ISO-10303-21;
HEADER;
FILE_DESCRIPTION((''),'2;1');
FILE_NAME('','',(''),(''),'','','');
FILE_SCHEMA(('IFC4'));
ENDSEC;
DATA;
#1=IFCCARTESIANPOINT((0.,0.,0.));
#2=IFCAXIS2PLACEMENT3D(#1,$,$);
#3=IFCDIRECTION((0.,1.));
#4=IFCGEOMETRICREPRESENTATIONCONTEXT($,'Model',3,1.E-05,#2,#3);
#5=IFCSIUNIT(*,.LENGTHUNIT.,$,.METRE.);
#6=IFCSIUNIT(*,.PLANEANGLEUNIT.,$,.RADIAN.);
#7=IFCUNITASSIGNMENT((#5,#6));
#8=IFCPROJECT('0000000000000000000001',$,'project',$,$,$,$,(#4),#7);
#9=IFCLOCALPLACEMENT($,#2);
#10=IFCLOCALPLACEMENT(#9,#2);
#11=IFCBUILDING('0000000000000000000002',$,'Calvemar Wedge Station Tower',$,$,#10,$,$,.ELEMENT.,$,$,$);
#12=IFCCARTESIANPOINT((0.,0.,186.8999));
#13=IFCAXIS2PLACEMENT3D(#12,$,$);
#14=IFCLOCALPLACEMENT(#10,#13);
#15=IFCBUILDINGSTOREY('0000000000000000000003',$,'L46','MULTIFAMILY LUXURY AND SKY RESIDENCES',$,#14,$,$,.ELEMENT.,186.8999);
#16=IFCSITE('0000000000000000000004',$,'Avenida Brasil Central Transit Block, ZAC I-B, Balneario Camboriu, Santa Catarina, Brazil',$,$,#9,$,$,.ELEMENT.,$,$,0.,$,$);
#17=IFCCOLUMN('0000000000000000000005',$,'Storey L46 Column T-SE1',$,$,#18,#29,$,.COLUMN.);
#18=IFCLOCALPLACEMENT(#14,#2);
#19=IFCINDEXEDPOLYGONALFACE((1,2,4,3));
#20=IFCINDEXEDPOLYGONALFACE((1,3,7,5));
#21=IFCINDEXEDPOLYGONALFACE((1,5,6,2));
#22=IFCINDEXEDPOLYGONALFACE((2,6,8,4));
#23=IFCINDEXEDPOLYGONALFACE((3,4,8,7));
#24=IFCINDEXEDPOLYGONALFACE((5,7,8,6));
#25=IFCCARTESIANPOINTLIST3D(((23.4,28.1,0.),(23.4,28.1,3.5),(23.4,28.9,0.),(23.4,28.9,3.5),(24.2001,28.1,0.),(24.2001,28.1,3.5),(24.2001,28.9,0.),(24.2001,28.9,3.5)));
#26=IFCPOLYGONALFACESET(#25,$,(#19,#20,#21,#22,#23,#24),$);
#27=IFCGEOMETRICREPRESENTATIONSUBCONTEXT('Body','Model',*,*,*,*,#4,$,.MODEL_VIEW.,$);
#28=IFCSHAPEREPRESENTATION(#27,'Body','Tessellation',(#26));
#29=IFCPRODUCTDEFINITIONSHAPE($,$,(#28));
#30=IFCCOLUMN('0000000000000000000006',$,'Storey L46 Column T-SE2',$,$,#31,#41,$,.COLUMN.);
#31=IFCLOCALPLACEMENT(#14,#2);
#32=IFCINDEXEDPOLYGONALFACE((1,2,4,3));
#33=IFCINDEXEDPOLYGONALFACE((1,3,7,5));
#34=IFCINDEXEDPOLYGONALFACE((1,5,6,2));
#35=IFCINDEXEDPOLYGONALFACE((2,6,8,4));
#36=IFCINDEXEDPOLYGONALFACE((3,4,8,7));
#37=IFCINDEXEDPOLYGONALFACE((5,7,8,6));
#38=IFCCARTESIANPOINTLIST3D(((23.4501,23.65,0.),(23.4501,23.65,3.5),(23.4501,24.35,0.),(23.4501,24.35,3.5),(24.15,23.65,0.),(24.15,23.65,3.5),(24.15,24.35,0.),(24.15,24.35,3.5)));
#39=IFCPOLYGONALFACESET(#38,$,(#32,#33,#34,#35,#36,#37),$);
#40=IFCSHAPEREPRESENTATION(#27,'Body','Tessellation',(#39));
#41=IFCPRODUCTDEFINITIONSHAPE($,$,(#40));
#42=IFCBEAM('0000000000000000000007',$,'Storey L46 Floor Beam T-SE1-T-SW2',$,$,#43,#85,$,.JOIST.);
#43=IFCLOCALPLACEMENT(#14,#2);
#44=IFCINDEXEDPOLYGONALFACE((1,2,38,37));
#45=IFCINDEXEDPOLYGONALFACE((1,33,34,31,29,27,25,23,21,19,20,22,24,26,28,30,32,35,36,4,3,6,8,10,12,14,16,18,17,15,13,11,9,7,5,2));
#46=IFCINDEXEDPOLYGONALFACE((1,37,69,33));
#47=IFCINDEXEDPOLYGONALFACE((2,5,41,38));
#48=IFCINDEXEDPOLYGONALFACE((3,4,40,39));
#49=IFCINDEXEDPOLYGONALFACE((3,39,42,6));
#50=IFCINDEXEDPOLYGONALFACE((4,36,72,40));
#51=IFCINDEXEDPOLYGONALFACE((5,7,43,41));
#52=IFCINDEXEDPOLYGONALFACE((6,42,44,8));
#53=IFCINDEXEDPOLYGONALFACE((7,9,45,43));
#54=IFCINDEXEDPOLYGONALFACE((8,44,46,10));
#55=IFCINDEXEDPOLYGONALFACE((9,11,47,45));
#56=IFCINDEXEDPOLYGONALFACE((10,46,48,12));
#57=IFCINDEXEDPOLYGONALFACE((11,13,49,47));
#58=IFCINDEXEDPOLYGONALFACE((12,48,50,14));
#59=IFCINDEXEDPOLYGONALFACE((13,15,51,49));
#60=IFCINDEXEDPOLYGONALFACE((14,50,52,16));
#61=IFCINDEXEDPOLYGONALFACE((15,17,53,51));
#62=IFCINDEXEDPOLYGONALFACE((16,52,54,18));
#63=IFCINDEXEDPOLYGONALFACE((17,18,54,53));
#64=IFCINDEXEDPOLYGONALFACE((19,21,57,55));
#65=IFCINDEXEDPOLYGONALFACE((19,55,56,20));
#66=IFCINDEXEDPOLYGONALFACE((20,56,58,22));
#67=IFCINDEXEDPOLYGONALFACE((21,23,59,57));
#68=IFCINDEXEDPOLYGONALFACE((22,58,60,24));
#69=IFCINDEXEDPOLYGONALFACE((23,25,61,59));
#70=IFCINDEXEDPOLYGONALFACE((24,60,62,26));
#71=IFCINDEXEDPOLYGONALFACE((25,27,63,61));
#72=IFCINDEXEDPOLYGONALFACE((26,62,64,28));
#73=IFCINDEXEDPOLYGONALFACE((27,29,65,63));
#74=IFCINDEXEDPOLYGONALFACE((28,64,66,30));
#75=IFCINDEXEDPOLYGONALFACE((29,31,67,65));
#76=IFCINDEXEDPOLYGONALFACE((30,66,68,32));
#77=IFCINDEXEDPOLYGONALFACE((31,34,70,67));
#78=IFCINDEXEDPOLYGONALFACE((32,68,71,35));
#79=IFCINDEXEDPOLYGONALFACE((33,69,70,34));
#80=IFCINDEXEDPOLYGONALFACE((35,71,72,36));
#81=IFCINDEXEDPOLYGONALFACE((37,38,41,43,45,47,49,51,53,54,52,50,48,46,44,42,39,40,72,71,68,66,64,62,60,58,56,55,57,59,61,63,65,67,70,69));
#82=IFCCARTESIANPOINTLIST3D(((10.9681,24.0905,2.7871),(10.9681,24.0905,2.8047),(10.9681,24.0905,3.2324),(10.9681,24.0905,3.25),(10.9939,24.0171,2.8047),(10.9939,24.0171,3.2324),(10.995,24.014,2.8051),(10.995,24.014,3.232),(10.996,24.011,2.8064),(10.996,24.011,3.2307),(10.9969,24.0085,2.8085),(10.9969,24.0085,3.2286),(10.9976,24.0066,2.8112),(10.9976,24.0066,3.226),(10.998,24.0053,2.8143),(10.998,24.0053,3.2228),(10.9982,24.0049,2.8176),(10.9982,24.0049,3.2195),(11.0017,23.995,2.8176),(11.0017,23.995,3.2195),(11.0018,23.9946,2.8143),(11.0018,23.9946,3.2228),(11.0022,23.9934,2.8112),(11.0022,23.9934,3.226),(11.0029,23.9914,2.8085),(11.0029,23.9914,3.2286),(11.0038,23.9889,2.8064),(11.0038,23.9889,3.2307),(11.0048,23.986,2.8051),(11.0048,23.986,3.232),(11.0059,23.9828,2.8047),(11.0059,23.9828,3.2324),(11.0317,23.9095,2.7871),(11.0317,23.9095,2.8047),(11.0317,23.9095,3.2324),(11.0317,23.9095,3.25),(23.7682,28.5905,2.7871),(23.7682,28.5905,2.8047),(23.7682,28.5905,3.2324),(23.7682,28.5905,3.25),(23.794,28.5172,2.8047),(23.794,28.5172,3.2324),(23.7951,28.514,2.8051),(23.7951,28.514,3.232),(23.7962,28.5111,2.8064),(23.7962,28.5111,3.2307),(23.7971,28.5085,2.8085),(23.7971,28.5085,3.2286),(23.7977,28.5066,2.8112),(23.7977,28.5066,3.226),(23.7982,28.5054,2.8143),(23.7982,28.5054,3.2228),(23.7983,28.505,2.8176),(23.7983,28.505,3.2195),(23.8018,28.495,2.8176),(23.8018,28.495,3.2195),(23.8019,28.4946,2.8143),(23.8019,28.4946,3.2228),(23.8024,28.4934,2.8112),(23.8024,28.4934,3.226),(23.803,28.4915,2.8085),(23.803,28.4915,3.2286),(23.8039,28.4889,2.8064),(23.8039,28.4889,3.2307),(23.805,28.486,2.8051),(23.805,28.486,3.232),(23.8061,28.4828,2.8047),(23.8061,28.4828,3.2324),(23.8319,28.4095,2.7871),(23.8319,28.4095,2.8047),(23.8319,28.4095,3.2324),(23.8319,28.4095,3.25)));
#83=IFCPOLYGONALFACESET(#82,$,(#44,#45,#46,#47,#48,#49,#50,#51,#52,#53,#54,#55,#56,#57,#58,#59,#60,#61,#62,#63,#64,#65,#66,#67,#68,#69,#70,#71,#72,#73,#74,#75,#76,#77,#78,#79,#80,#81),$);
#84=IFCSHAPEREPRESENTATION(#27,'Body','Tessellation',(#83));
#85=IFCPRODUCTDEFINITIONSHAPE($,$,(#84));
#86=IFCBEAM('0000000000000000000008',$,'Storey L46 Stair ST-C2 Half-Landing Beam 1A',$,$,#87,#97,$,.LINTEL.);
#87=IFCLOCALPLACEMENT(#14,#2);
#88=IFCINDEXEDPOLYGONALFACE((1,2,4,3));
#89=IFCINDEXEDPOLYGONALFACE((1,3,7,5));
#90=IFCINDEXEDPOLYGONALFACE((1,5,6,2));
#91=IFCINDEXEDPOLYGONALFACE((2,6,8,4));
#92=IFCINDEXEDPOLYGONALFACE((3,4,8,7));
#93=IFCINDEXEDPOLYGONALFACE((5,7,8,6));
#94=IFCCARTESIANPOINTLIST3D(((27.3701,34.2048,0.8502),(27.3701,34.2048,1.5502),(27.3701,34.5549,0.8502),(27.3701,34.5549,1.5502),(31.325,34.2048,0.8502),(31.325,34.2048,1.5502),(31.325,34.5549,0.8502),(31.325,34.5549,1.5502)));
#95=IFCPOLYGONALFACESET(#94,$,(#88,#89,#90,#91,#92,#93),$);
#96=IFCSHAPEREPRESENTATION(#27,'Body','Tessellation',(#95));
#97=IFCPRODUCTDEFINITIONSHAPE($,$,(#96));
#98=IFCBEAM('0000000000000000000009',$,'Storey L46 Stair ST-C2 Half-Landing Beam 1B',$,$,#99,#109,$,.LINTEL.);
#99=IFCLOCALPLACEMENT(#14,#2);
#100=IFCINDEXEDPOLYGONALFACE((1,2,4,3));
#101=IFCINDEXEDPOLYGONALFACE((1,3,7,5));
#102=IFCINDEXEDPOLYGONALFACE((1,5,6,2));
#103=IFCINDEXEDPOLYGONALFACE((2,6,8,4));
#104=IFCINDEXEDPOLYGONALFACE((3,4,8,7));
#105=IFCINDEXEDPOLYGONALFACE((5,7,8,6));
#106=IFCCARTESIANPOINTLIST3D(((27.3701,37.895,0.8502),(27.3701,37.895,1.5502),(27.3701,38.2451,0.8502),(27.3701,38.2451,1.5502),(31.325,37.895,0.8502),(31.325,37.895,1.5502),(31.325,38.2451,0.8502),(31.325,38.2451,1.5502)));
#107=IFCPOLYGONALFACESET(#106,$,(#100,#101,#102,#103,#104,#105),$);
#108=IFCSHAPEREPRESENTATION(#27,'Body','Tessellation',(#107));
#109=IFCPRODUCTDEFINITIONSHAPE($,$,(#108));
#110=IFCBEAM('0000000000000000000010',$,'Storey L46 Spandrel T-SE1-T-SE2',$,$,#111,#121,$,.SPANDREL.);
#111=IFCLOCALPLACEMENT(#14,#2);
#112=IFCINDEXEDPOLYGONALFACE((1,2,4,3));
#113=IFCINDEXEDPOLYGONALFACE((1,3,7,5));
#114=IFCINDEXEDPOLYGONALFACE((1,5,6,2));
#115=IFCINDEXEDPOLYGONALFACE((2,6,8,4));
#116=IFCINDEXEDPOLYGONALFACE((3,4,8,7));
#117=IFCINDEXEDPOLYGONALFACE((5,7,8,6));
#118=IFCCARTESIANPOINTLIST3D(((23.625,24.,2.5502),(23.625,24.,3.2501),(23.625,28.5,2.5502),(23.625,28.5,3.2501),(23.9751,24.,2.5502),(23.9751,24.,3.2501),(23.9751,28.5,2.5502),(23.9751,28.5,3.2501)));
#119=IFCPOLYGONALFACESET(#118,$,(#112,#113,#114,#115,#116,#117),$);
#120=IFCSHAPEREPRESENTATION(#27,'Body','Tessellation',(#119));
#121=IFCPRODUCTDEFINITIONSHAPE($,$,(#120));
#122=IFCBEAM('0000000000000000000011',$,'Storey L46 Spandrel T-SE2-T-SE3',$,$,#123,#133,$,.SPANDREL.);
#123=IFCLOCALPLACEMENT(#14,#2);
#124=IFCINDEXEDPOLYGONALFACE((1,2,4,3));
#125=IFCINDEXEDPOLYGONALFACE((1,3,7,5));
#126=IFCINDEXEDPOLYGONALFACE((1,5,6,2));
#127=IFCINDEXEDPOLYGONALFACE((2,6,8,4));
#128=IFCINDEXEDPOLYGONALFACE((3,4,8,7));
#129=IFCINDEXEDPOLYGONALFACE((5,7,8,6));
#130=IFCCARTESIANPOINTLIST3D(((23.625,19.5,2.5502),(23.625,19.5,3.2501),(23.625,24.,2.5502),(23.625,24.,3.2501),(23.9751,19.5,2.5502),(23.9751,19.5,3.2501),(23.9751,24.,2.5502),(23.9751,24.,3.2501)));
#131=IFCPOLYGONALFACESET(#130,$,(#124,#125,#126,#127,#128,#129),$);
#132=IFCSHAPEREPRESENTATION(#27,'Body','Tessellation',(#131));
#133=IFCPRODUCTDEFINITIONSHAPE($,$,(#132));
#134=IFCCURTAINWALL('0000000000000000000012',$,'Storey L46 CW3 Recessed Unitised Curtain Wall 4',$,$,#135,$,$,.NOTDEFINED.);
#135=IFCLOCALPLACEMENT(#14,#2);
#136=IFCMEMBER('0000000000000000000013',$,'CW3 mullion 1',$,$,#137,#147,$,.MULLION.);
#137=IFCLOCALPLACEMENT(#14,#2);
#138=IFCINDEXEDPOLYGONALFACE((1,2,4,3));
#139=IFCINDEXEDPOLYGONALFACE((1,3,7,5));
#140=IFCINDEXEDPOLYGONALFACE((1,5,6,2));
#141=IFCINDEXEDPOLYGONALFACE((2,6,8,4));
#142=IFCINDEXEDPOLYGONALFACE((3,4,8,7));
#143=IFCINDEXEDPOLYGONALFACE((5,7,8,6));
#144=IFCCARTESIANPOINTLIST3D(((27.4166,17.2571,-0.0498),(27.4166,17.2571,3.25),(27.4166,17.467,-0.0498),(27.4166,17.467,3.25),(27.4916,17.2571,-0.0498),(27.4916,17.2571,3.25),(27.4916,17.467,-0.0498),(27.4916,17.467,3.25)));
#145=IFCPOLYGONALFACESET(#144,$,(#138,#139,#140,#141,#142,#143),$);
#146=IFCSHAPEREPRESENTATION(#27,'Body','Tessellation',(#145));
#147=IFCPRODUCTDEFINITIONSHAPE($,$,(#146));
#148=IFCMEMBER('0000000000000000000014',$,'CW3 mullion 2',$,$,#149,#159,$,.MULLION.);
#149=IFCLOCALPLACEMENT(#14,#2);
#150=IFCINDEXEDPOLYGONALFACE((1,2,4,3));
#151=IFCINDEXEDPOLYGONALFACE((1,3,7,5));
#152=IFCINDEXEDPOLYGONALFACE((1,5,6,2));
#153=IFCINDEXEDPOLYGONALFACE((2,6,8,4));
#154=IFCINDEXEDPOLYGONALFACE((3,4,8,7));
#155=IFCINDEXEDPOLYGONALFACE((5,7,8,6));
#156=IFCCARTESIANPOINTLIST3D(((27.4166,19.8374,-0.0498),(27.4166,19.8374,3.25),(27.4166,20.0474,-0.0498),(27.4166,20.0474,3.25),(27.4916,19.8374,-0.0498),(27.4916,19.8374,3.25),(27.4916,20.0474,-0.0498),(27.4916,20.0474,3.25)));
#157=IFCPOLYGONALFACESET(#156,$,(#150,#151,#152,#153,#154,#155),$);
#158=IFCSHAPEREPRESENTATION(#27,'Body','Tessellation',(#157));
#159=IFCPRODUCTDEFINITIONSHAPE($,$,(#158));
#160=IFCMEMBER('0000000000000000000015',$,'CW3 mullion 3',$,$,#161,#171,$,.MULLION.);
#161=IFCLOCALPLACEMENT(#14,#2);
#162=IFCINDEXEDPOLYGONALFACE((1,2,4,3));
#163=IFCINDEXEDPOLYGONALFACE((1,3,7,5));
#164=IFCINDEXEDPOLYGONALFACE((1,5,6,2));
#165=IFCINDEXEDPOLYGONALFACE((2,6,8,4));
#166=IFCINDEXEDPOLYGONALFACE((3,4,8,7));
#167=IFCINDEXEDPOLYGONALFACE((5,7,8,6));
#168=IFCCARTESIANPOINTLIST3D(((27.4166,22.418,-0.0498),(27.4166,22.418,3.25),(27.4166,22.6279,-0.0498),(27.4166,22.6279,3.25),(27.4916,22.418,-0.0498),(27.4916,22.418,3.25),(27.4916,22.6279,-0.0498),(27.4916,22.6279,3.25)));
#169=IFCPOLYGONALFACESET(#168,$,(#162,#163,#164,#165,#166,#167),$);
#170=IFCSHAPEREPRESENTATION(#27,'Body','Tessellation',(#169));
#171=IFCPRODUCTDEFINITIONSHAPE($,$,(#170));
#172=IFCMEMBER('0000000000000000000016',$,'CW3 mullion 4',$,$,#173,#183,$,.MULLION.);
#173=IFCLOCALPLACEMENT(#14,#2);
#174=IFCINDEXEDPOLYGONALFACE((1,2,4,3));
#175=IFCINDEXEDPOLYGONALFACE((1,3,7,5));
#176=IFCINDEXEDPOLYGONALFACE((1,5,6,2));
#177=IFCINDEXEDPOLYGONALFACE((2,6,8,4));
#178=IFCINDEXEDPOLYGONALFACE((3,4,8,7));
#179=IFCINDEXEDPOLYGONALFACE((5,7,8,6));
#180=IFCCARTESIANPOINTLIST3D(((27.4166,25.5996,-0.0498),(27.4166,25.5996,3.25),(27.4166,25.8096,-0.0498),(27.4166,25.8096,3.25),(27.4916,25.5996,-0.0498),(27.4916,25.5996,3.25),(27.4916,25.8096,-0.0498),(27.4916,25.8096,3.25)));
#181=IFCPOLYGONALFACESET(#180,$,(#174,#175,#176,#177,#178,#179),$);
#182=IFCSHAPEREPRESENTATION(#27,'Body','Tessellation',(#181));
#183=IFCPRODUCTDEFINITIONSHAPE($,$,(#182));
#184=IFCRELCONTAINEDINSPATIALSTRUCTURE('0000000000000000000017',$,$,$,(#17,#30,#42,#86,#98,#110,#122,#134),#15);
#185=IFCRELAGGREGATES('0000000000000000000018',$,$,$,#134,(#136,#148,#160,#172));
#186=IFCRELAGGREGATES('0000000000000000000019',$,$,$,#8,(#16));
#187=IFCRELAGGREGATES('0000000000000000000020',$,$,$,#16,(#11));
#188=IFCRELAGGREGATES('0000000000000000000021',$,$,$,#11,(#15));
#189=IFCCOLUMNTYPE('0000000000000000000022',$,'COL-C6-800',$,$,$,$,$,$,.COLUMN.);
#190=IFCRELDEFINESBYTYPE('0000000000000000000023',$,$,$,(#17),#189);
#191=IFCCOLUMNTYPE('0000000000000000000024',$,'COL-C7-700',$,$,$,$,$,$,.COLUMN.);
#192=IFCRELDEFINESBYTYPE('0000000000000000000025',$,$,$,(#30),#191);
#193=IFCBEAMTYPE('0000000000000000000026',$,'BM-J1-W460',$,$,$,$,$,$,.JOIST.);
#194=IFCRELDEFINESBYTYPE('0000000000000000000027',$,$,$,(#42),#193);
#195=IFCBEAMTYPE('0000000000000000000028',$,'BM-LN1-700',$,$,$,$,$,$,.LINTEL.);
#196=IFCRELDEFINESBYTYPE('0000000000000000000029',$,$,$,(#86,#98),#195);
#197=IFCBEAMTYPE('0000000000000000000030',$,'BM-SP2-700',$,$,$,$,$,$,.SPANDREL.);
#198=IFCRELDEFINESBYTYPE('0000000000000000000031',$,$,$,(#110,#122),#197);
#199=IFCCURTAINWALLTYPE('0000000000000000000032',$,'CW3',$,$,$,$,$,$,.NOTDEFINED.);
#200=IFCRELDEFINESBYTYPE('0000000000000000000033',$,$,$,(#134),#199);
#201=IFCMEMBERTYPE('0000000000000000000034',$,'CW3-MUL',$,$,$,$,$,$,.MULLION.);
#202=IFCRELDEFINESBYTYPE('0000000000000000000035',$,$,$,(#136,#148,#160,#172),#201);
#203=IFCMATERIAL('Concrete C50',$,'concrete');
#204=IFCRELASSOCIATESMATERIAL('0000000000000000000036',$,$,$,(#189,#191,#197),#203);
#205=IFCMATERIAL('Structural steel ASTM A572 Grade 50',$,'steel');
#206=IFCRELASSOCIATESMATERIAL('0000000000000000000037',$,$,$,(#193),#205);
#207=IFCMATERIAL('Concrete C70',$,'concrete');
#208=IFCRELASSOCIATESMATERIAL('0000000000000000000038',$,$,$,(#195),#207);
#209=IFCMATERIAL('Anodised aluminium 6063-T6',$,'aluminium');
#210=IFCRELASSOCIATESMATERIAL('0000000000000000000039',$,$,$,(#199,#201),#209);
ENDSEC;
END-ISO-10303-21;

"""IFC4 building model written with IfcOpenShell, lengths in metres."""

from ifc_helpers import new_model, si_unit, direction, frame, origin, origin_2d, place, context, subcontext, project, spatial, rectangle, i_section, extrude, source, transform, mapped, material, material_profile, profile_set, type_object, element, aggregate, save


model = new_model("IFC4")

# Units and contexts
model_context = context("Model", 3, precision=1e-05, world=origin(), true_north=direction((0.0, 1.0)))
body_context = subcontext(model_context, "Body", "Model", "MODEL_VIEW")
ifc_project = project(units=[si_unit("LENGTHUNIT", "METRE"), si_unit("PLANEANGLEUNIT", "RADIAN")], contexts=[model_context])

# Site, building, storey
site_placement = place(None, origin())
site = spatial("IfcSite", under=ifc_project, at=site_placement, Name="Avenida Brasil Central Transit Block, ZAC I-B, Balneario Camboriu, Santa Catarina, Brazil", CompositionType="ELEMENT", RefElevation=0.0)
building_placement = place(site_placement, origin())
building = spatial("IfcBuilding", under=site, at=building_placement, Name="Calvemar Wedge Station Tower", CompositionType="ELEMENT")
storey_placement = place(building_placement, frame((0.0, 0.0, 186.8999)))
storey = spatial("IfcBuildingStorey", under=building, at=storey_placement, Name="L46", Description="MULTIFAMILY LUXURY AND SKY RESIDENCES", CompositionType="ELEMENT", Elevation=186.8999)

# Columns
ifc_material_1 = material(Name="Concrete C50", Category="concrete")
ifc_material_profile_1 = material_profile(ifc_material_1, rectangle(XDim=0.8, YDim=0.8, at=origin_2d()), Name="RC800x800")
ifc_profile_set_1 = profile_set([ifc_material_profile_1], Name="Concrete C50")
column_type_1 = type_object("IfcColumnType", Name="COL-C6-800", PredefinedType="COLUMN", material=ifc_profile_set_1)
shared_shape_1 = source(origin(), body_context, "Body", "SweptSolid", [
    extrude(rectangle(XDim=0.8, YDim=0.8, at=origin_2d()), origin(), (0.0, 0.0, 1.0), 3.5),
])
column_1_placement = place(storey_placement, frame((23.8, 28.5, 0.0), z_axis=(0.0, 0.0, 1.0), x_axis=(1.0, 0.0, 0.0)))
element("IfcColumn", 1, at=column_1_placement, inside=storey, type_object=column_type_1, Name="Storey L46 Column T-SE1", PredefinedType="COLUMN", context=body_context, shape_type="MappedRepresentation", body=[
    mapped(shared_shape_1, transform((0.0, 0.0, 0.0), scale=1.0)),
])
ifc_material_profile_2 = material_profile(ifc_material_1, rectangle(XDim=0.7, YDim=0.7, at=origin_2d()), Name="RC700x700")
ifc_profile_set_2 = profile_set([ifc_material_profile_2], Name="Concrete C50")
column_type_2 = type_object("IfcColumnType", Name="COL-C7-700", PredefinedType="COLUMN", material=ifc_profile_set_2)
shared_shape_2 = source(origin(), body_context, "Body", "SweptSolid", [
    extrude(rectangle(XDim=0.7, YDim=0.7, at=origin_2d()), origin(), (0.0, 0.0, 1.0), 3.5),
])
column_2_placement = place(storey_placement, frame((23.8, 24.0, 0.0), z_axis=(0.0, 0.0, 1.0), x_axis=(1.0, 0.0, 0.0)))
element("IfcColumn", 2, at=column_2_placement, inside=storey, type_object=column_type_2, Name="Storey L46 Column T-SE2", PredefinedType="COLUMN", context=body_context, shape_type="MappedRepresentation", body=[
    mapped(shared_shape_2, transform((0.0, 0.0, 0.0), scale=1.0)),
])

# Beams
ifc_material_2 = material(Name="Structural steel ASTM A572 Grade 50", Category="steel")
ifc_material_profile_3 = material_profile(ifc_material_2, i_section(OverallWidth=0.1919, OverallDepth=0.4629, WebThickness=0.0105, FlangeThickness=0.0176, FilletRadius=0.0129, at=origin_2d()), Name="W460x89")
ifc_profile_set_3 = profile_set([ifc_material_profile_3], Name="Structural steel ASTM A572 Grade 50")
beam_type_1 = type_object("IfcBeamType", Name="BM-J1-W460", PredefinedType="JOIST", material=ifc_profile_set_3)
shared_shape_3 = source(origin(), body_context, "Body", "SweptSolid", [
    extrude(i_section(OverallWidth=0.1919, OverallDepth=0.4629, WebThickness=0.0105, FlangeThickness=0.0176, FilletRadius=0.0129, at=origin_2d()), origin(), (0.0, 0.0, 1.0), 13.5681),
])
beam_placement = place(storey_placement, frame((23.8, 28.5, 3.0186), z_axis=(-0.943398, -0.331662, 0.0), x_axis=(0.331662, -0.943398, 0.0)))
element("IfcBeam", 3, at=beam_placement, inside=storey, type_object=beam_type_1, Name="Storey L46 Floor Beam T-SE1-T-SW2", PredefinedType="JOIST", context=body_context, shape_type="MappedRepresentation", body=[
    mapped(shared_shape_3, transform((0.0, 0.0, 0.0), scale=1.0)),
])
ifc_material_3 = material(Name="Concrete C70", Category="concrete")
ifc_material_profile_4 = material_profile(ifc_material_3, rectangle(XDim=0.3501, YDim=0.7, at=origin_2d()), Name="RC350x700")
ifc_profile_set_4 = profile_set([ifc_material_profile_4], Name="Concrete C70")
beam_type_2 = type_object("IfcBeamType", Name="BM-LN1-700", PredefinedType="LINTEL", material=ifc_profile_set_4)
shared_shape_4 = source(origin(), body_context, "Body", "SweptSolid", [
    extrude(rectangle(XDim=0.3501, YDim=0.7, at=origin_2d()), origin(), (0.0, 0.0, 1.0), 3.9548),
])
for number, where, z_axis, x_axis, name in (
    (4, (27.3701, 34.3799, 1.2002), (1.0, 0.0, 0.0), (0.0, 1.0, 0.0), "Storey L46 Stair ST-C2 Half-Landing Beam 1A"),
    (5, (27.3701, 38.0701, 1.2002), (1.0, 0.0, 0.0), (0.0, 1.0, 0.0), "Storey L46 Stair ST-C2 Half-Landing Beam 1B"),
):
    element("IfcBeam", number, at=place(storey_placement, frame(where, z_axis=z_axis, x_axis=x_axis)), inside=storey, type_object=beam_type_2, Name=name, PredefinedType="LINTEL", context=body_context, shape_type="MappedRepresentation", body=[
        mapped(shared_shape_4, transform((0.0, 0.0, 0.0), scale=1.0)),
    ])
ifc_material_profile_5 = material_profile(ifc_material_1, rectangle(XDim=0.3501, YDim=0.7, at=origin_2d()), Name="RC350x700")
ifc_profile_set_5 = profile_set([ifc_material_profile_5], Name="Concrete C50")
beam_type_3 = type_object("IfcBeamType", Name="BM-SP2-700", PredefinedType="SPANDREL", material=ifc_profile_set_5)
shared_shape_5 = source(origin(), body_context, "Body", "SweptSolid", [
    extrude(rectangle(XDim=0.3501, YDim=0.7, at=origin_2d()), origin(), (0.0, 0.0, 1.0), 4.5),
])
for number, where, z_axis, x_axis, name in (
    (6, (23.8, 28.5, 2.9001), (0.0, -1.0, 0.0), (1.0, 0.0, 0.0), "Storey L46 Spandrel T-SE1-T-SE2"),
    (7, (23.8, 24.0, 2.9001), (0.0, -1.0, 0.0), (1.0, 0.0, 0.0), "Storey L46 Spandrel T-SE2-T-SE3"),
):
    element("IfcBeam", number, at=place(storey_placement, frame(where, z_axis=z_axis, x_axis=x_axis)), inside=storey, type_object=beam_type_3, Name=name, PredefinedType="SPANDREL", context=body_context, shape_type="MappedRepresentation", body=[
        mapped(shared_shape_5, transform((0.0, 0.0, 0.0), scale=1.0)),
    ])

# Curtain wall, members
ifc_material_4 = material(Name="Anodised aluminium 6063-T6", Category="aluminium")
curtain_wall_type = type_object("IfcCurtainWallType", Name="CW3", PredefinedType="NOTDEFINED", material=ifc_material_4)
curtain_wall_placement = place(storey_placement, origin())
curtain_wall = element("IfcCurtainWall", 8, at=curtain_wall_placement, inside=storey, type_object=curtain_wall_type, Name="Storey L46 CW3 Recessed Unitised Curtain Wall 4", PredefinedType="NOTDEFINED")
ifc_material_profile_6 = material_profile(ifc_material_4, rectangle(XDim=0.075, YDim=0.21, at=origin_2d()), Name="AL-MUL-75x210")
ifc_profile_set_6 = profile_set([ifc_material_profile_6], Name="Anodised aluminium 6063-T6")
member_type_1 = type_object("IfcMemberType", Name="CW3-MUL", PredefinedType="MULLION", material=ifc_profile_set_6)
shared_shape_6 = source(origin(), body_context, "Body", "SweptSolid", [
    extrude(rectangle(XDim=0.075, YDim=0.21, at=origin_2d()), origin(), (0.0, 0.0, 1.0), 3.2998),
])
member_1_placement = place(storey_placement, frame((27.4541, 17.3621, -0.0498), z_axis=(0.0, 0.0, 1.0), x_axis=(1.0, 0.0, 0.0)))
member_1 = element("IfcMember", 9, at=member_1_placement, type_object=member_type_1, Name="CW3 mullion 1", PredefinedType="MULLION", context=body_context, shape_type="MappedRepresentation", body=[
    mapped(shared_shape_6, transform((0.0, 0.0, 0.0), scale=1.0)),
])
member_2_placement = place(storey_placement, frame((27.4541, 19.9424, -0.0498), z_axis=(0.0, 0.0, 1.0), x_axis=(1.0, 0.0, 0.0)))
member_2 = element("IfcMember", 10, at=member_2_placement, type_object=member_type_1, Name="CW3 mullion 2", PredefinedType="MULLION", context=body_context, shape_type="MappedRepresentation", body=[
    mapped(shared_shape_6, transform((0.0, 0.0, 0.0), scale=1.0)),
])
member_3_placement = place(storey_placement, frame((27.4541, 22.5229, -0.0498), z_axis=(0.0, 0.0, 1.0), x_axis=(1.0, 0.0, 0.0)))
member_3 = element("IfcMember", 11, at=member_3_placement, type_object=member_type_1, Name="CW3 mullion 3", PredefinedType="MULLION", context=body_context, shape_type="MappedRepresentation", body=[
    mapped(shared_shape_6, transform((0.0, 0.0, 0.0), scale=1.0)),
])
member_4_placement = place(storey_placement, frame((27.4541, 25.7046, -0.0498), z_axis=(0.0, 0.0, 1.0), x_axis=(1.0, 0.0, 0.0)))
member_4 = element("IfcMember", 12, at=member_4_placement, type_object=member_type_1, Name="CW3 mullion 4", PredefinedType="MULLION", context=body_context, shape_type="MappedRepresentation", body=[
    mapped(shared_shape_6, transform((0.0, 0.0, 0.0), scale=1.0)),
])
aggregate(curtain_wall, [member_1, member_2, member_3, member_4])

save(model, "model.ifc")
